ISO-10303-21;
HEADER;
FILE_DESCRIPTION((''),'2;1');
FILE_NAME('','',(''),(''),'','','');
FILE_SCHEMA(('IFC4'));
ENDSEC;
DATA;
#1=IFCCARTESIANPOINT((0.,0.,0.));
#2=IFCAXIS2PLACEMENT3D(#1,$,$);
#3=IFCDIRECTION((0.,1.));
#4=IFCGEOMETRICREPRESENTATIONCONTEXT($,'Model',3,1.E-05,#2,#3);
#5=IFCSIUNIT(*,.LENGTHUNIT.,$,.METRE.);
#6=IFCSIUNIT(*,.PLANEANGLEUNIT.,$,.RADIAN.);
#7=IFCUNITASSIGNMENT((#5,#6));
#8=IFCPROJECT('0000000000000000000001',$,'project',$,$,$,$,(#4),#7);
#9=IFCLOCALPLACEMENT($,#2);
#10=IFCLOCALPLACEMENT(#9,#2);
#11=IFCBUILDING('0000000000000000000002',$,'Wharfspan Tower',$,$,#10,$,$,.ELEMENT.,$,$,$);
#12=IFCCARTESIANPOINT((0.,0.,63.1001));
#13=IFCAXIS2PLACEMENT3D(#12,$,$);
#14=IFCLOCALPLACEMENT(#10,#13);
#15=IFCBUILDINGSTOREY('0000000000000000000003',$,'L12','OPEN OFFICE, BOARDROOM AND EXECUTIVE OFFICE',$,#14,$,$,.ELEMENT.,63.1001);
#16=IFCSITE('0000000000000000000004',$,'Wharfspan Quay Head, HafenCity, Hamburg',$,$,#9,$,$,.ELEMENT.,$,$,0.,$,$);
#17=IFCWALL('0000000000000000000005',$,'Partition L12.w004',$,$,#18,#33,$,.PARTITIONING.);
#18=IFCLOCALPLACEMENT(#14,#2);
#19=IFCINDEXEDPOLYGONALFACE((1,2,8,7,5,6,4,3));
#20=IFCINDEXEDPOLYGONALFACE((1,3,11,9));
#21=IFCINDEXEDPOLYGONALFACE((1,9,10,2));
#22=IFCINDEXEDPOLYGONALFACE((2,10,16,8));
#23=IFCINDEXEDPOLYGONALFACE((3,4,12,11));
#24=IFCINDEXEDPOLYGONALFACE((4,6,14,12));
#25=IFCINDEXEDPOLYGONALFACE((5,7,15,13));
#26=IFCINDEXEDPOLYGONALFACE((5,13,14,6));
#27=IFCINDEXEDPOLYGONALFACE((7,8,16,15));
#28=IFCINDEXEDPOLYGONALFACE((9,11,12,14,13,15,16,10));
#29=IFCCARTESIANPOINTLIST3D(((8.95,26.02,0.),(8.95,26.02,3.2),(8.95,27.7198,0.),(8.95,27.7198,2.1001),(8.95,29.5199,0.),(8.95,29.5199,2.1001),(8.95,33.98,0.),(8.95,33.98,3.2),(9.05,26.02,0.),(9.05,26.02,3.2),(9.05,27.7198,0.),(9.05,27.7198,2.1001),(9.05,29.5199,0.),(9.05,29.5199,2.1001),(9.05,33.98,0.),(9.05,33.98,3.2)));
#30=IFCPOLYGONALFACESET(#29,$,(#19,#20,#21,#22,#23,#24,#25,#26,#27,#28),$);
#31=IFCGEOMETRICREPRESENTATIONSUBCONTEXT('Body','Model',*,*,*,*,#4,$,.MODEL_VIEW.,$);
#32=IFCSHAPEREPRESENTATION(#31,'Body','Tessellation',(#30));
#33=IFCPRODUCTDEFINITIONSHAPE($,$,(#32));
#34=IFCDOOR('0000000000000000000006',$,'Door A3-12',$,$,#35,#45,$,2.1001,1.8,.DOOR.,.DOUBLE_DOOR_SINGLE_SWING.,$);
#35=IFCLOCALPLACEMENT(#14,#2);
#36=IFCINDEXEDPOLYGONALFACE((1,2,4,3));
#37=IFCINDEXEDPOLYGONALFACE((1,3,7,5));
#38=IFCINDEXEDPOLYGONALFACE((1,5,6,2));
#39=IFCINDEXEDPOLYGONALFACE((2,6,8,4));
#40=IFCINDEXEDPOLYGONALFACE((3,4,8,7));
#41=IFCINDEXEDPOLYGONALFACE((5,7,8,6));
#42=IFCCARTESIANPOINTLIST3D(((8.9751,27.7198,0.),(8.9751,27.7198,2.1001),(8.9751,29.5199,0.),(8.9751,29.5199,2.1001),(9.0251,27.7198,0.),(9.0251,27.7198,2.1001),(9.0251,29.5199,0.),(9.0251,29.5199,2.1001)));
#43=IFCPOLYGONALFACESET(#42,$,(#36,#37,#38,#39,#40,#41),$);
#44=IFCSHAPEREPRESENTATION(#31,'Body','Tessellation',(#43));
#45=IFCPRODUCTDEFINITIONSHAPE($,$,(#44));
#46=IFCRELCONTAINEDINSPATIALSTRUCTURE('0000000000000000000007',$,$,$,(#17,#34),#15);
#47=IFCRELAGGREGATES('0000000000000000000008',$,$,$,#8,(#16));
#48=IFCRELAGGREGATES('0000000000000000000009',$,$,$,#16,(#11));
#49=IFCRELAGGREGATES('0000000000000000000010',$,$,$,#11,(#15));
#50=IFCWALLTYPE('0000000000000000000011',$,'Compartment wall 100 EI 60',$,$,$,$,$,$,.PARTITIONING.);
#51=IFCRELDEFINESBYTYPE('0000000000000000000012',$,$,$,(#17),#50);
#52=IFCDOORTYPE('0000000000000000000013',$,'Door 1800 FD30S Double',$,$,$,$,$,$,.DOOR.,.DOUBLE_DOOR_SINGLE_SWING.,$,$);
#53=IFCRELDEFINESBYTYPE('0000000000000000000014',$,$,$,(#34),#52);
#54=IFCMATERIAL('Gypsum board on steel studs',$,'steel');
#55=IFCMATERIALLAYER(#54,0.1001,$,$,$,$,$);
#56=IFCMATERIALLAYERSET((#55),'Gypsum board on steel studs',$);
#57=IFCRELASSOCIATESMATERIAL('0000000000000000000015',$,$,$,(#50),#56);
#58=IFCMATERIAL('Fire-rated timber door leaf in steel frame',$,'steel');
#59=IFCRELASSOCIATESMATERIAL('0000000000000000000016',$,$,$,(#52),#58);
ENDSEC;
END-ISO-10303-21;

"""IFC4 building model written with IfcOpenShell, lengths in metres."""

from ifc_helpers import new_model, si_unit, direction, frame, frame_2d, origin, place, context, subcontext, project, spatial, rectangle, extrude, material, layer, layer_set, type_object, element, fill, save


model = new_model("IFC4")

# Units and contexts
model_context = context("Model", 3, precision=1e-05, world=origin(), true_north=direction((0.0, 1.0)))
body_context = subcontext(model_context, "Body", "Model", "MODEL_VIEW")
ifc_project = project(units=[si_unit("LENGTHUNIT", "METRE"), si_unit("PLANEANGLEUNIT", "RADIAN")], contexts=[model_context])

# Site, building, storey
site_placement = place(None, origin())
site = spatial("IfcSite", under=ifc_project, at=site_placement, Name="Wharfspan Quay Head, HafenCity, Hamburg", CompositionType="ELEMENT", RefElevation=0.0)
building_placement = place(site_placement, origin())
building = spatial("IfcBuilding", under=site, at=building_placement, Name="Wharfspan Tower", CompositionType="ELEMENT")
storey_placement = place(building_placement, frame((0.0, 0.0, 63.1001)))
storey = spatial("IfcBuildingStorey", under=building, at=storey_placement, Name="L12", Description="OPEN OFFICE, BOARDROOM AND EXECUTIVE OFFICE", CompositionType="ELEMENT", Elevation=63.1001)

# Wall, opening, door
ifc_material_1 = material(Name="Gypsum board on steel studs", Category="steel")
ifc_layer = layer(ifc_material_1, 0.1001)
ifc_layer_set = layer_set([ifc_layer], Name="Gypsum board on steel studs")
wall_type = type_object("IfcWallType", Name="Compartment wall 100 EI 60", PredefinedType="PARTITIONING", material=ifc_layer_set)
wall_placement = place(storey_placement, frame((9.0, 26.02, 0.0), z_axis=(0.0, 0.0, 1.0), x_axis=(0.0, 1.0, 0.0)))
wall = element("IfcWall", 1, at=wall_placement, inside=storey, type_object=wall_type, Name="Partition L12.w004", PredefinedType="PARTITIONING", context=body_context, shape_type="SweptSolid", body=[
    extrude(rectangle(XDim=7.96, YDim=0.1001, at=frame_2d((3.98, 0.0))), origin(), (0.0, 0.0, 1.0), 3.2),
])
opening_placement = place(wall_placement, frame((1.7, 0.0, 0.0)))
opening = element("IfcOpeningElement", 2, at=opening_placement, cuts=wall, PredefinedType="OPENING", context=body_context, shape_type="SweptSolid", body=[
    extrude(rectangle(XDim=1.8, YDim=2.1001, at=frame_2d((0.8999, 1.05))), frame((0.0, 0.0601, 0.0), z_axis=(0.0, -1.0, 0.0), x_axis=(1.0, 0.0, 0.0)), (0.0, 0.0, 1.0), 0.1201),
])
ifc_material_2 = material(Name="Fire-rated timber door leaf in steel frame", Category="steel")
door_type = type_object("IfcDoorType", Name="Door 1800 FD30S Double", OperationType="DOUBLE_DOOR_SINGLE_SWING", PredefinedType="DOOR", material=ifc_material_2)
door_placement = place(opening_placement, origin())
door = element("IfcDoor", 3, at=door_placement, inside=storey, type_object=door_type, Name="Door A3-12", OperationType="DOUBLE_DOOR_SINGLE_SWING", OverallHeight=2.1001, OverallWidth=1.8, PredefinedType="DOOR", context=body_context, shape_type="SweptSolid", body=[
    extrude(rectangle(XDim=1.8, YDim=2.1001, at=frame_2d((0.8999, 1.05))), frame((0.0, 0.0249, 0.0), z_axis=(0.0, -1.0, 0.0), x_axis=(1.0, 0.0, 0.0)), (0.0, 0.0, 1.0), 0.05),
])
fill(opening, door)

save(model, "model.ifc")
